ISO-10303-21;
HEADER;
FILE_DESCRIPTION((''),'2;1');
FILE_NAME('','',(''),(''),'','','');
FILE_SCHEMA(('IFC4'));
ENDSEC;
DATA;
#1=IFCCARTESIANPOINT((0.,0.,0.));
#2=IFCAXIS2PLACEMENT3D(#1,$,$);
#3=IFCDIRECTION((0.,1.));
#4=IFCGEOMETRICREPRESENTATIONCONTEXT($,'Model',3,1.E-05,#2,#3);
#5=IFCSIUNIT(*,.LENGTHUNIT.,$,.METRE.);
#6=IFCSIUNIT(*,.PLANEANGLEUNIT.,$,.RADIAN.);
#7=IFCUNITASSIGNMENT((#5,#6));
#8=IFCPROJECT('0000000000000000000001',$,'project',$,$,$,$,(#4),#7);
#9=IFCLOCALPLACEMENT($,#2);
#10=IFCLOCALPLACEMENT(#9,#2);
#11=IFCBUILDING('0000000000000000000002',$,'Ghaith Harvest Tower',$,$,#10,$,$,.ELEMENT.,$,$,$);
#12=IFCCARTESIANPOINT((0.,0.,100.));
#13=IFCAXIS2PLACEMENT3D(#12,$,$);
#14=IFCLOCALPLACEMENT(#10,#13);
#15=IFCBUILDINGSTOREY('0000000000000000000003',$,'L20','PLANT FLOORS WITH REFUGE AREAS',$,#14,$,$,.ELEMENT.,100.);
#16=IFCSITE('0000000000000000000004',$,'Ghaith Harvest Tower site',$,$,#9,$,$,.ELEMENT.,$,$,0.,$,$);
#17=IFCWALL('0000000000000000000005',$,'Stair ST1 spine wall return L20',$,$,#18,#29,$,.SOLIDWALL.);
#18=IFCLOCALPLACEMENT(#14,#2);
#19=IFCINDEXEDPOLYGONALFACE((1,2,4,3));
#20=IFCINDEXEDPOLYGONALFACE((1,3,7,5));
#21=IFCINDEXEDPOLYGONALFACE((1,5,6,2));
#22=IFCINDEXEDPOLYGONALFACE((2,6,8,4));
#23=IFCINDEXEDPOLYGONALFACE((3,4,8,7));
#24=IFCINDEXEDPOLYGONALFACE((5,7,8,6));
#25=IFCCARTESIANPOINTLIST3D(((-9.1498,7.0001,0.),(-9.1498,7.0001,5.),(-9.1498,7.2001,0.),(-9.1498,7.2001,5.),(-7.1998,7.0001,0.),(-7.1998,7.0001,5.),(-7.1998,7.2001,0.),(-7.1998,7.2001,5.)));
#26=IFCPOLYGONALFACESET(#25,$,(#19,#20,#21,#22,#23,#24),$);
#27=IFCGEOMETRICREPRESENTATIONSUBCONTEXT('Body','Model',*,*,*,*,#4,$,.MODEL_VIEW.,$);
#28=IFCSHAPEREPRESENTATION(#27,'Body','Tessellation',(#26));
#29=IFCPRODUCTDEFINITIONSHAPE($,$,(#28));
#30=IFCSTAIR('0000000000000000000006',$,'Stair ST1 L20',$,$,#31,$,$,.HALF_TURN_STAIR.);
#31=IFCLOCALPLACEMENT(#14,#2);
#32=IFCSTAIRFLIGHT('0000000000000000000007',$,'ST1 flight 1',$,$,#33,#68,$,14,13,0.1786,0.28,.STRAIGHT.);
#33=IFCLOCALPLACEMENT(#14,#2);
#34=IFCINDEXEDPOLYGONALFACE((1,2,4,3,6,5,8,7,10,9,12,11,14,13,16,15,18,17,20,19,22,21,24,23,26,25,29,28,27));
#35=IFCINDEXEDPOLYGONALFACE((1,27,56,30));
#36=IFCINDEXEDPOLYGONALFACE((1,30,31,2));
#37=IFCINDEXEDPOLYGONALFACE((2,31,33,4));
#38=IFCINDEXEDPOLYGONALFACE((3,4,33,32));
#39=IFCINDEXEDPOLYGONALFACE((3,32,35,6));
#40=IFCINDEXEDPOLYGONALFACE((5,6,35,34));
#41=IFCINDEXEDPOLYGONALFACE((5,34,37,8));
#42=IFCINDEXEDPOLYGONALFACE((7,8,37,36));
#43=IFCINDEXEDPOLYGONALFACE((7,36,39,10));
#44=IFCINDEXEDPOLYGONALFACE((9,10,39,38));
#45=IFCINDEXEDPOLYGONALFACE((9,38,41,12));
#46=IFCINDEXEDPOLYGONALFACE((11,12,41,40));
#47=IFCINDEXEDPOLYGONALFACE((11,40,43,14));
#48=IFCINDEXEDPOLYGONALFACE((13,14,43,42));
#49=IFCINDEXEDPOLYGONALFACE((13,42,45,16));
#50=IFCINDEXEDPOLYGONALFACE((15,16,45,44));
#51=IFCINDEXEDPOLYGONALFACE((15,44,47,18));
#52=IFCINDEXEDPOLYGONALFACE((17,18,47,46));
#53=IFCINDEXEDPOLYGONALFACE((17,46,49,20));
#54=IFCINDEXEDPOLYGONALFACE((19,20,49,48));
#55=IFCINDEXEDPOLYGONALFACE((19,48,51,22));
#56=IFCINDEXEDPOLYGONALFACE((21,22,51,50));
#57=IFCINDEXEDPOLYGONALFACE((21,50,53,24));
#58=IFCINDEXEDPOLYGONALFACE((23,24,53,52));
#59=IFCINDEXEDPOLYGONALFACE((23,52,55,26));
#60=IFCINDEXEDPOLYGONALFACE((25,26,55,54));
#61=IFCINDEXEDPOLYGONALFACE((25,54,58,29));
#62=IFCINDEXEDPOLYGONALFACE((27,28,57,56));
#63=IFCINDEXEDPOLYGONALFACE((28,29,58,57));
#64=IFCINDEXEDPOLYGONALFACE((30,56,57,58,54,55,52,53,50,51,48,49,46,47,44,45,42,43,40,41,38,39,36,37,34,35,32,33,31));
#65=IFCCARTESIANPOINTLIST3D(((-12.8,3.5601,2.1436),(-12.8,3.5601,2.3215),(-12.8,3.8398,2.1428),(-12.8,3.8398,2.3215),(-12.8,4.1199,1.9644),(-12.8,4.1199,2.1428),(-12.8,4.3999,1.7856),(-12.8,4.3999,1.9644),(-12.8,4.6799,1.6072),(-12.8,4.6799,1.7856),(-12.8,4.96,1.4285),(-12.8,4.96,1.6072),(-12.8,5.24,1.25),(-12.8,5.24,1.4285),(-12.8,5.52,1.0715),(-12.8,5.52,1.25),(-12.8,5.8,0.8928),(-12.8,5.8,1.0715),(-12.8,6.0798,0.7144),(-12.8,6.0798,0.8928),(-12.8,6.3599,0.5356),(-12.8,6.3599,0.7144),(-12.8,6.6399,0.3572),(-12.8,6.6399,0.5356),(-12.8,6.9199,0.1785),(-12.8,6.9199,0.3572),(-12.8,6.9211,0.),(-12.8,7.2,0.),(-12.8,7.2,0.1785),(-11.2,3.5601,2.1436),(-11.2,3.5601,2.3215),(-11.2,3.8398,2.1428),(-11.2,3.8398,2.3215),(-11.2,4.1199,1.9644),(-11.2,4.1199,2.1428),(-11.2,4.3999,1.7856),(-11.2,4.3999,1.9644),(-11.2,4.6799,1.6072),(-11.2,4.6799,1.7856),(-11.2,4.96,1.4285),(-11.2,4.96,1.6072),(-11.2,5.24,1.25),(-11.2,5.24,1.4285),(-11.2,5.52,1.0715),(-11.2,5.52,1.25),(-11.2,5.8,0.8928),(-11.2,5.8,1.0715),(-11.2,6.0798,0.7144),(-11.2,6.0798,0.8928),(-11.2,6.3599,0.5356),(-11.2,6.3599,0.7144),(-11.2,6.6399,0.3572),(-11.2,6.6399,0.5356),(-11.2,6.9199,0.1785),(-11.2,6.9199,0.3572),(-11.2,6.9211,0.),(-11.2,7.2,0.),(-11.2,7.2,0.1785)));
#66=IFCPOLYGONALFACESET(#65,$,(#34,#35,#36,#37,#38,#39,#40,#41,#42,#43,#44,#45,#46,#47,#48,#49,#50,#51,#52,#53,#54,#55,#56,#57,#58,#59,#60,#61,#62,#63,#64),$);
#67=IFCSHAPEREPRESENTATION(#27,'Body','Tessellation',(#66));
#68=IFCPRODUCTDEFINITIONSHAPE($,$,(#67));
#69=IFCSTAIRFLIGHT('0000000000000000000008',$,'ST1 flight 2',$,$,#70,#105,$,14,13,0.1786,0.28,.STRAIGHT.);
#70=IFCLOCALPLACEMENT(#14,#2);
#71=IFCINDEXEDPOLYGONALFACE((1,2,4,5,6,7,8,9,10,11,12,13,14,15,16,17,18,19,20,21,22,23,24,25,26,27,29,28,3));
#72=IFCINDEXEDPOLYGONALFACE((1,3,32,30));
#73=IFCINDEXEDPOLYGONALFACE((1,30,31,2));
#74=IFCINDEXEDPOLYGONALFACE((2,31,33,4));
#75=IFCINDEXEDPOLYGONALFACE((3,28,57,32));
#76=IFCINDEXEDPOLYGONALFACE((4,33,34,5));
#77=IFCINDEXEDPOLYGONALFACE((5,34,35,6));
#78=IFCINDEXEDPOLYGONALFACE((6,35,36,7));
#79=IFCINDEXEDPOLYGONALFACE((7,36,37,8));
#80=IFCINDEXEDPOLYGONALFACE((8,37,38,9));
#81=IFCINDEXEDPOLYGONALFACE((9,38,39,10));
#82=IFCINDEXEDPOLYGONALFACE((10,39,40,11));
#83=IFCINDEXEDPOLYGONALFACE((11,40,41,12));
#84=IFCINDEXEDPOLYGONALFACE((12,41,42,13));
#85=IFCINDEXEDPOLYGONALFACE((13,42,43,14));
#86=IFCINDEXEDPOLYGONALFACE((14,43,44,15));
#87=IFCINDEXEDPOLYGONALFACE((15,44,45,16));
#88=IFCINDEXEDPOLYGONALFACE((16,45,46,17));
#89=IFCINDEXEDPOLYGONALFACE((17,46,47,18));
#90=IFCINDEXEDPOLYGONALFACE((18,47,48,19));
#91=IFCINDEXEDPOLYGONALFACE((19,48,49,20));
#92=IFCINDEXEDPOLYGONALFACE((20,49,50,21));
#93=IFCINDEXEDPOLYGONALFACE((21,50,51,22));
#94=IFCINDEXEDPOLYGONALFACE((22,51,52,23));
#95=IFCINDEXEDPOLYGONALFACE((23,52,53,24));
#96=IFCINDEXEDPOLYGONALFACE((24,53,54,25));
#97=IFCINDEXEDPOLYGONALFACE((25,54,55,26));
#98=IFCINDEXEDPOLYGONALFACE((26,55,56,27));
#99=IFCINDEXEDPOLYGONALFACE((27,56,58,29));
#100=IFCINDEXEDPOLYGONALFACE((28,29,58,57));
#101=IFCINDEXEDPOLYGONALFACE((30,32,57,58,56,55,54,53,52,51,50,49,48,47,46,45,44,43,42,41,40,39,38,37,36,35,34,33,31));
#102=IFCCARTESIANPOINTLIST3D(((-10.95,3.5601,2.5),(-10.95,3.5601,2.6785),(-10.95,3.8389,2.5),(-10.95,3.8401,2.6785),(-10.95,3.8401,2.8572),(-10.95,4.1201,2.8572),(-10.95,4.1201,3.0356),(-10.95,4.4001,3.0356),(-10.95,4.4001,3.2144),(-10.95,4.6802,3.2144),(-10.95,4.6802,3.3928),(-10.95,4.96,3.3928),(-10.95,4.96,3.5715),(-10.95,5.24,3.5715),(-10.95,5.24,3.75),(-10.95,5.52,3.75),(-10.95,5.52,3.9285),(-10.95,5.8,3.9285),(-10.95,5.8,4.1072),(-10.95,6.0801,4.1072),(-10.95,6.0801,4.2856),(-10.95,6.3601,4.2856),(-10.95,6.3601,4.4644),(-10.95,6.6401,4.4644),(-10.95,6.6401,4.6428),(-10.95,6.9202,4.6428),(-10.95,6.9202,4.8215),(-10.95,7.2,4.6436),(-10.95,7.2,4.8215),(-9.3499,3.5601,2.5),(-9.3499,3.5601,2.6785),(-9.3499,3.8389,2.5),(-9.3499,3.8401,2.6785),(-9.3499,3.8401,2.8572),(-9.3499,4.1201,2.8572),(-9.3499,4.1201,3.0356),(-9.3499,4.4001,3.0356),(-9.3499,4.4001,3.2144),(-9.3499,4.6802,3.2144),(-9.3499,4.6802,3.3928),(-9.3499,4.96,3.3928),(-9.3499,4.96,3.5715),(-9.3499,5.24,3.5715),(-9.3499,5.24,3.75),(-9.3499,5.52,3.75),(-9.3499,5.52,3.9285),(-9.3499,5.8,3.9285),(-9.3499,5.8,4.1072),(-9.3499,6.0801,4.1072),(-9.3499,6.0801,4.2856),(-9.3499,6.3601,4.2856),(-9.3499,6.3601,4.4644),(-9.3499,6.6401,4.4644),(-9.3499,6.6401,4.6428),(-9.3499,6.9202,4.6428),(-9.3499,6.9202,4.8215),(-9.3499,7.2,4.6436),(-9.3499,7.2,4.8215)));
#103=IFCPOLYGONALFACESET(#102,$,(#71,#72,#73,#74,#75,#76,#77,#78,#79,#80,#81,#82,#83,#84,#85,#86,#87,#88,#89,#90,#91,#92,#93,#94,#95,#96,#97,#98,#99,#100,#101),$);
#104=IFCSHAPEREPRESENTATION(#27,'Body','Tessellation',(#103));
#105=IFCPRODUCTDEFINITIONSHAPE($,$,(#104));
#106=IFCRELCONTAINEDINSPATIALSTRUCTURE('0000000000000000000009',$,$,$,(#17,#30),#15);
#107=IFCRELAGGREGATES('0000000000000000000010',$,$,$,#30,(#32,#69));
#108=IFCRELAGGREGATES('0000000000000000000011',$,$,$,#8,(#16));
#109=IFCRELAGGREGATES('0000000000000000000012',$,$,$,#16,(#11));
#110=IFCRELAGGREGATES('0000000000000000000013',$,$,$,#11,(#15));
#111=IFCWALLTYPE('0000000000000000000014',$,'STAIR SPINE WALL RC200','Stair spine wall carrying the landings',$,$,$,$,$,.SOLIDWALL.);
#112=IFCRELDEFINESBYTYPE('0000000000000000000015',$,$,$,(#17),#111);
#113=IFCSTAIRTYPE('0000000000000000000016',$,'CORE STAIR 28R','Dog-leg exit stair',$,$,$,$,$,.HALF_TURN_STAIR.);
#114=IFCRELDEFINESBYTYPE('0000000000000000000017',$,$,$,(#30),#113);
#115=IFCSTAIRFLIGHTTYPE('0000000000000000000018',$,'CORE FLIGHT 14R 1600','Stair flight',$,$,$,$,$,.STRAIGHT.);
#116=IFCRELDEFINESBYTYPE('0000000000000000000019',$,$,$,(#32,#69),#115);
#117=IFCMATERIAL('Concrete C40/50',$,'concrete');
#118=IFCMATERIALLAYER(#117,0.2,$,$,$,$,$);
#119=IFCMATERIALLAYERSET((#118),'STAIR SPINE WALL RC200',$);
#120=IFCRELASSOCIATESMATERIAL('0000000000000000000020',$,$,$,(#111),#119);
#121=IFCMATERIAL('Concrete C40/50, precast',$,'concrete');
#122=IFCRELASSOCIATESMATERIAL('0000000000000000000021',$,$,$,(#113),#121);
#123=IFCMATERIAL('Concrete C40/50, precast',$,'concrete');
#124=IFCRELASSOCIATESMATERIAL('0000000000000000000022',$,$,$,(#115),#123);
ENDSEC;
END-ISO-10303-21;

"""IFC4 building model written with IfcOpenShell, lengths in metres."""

from ifc_helpers import new_model, si_unit, direction, frame, frame_2d, origin, place, context, subcontext, project, spatial, polyline, rectangle, outline, extrude, material, layer, layer_set, type_object, element, aggregate, save


model = new_model("IFC4")

# Units and contexts
model_context = context("Model", 3, precision=1e-05, world=origin(), true_north=direction((0.0, 1.0)))
body_context = subcontext(model_context, "Body", "Model", "MODEL_VIEW")
ifc_project = project(units=[si_unit("LENGTHUNIT", "METRE"), si_unit("PLANEANGLEUNIT", "RADIAN")], contexts=[model_context])

# Site, building, storey
site_placement = place(None, origin())
site = spatial("IfcSite", under=ifc_project, at=site_placement, Name="Ghaith Harvest Tower site", CompositionType="ELEMENT", RefElevation=0.0)
building_placement = place(site_placement, origin())
building = spatial("IfcBuilding", under=site, at=building_placement, Name="Ghaith Harvest Tower", CompositionType="ELEMENT")
storey_placement = place(building_placement, frame((0.0, 0.0, 100.0)))
storey = spatial("IfcBuildingStorey", under=building, at=storey_placement, Name="L20", Description="PLANT FLOORS WITH REFUGE AREAS", CompositionType="ELEMENT", Elevation=100.0)

# Wall
ifc_material_1 = material(Name="Concrete C40/50", Category="concrete")
ifc_layer_1 = layer(ifc_material_1, 0.2)
ifc_layer_set_1 = layer_set([ifc_layer_1], Name="STAIR SPINE WALL RC200")
wall_type_1 = type_object("IfcWallType", Name="STAIR SPINE WALL RC200", Description="Stair spine wall carrying the landings", PredefinedType="SOLIDWALL", material=ifc_layer_set_1)
wall_1_placement = place(storey_placement, frame((-9.1499, 7.1001, 0.0), z_axis=(0.0, 0.0, 1.0), x_axis=(1.0, 0.0, 0.0)))
element("IfcWall", 1, at=wall_1_placement, inside=storey, type_object=wall_type_1, Name="Stair ST1 spine wall return L20", PredefinedType="SOLIDWALL", context=body_context, shape_type="SweptSolid", body=[
    extrude(rectangle(XDim=1.95, YDim=0.2, at=frame_2d((0.9751, 0.0))), origin(), (0.0, 0.0, 1.0), 5.0),
])

# Stair, stair flights
ifc_material_2 = material(Name="Concrete C40/50, precast", Category="concrete")
stair_type = type_object("IfcStairType", Name="CORE STAIR 28R", Description="Dog-leg exit stair", PredefinedType="HALF_TURN_STAIR", material=ifc_material_2)
stair_placement = place(storey_placement, origin())
stair = element("IfcStair", 2, at=stair_placement, inside=storey, type_object=stair_type, Name="Stair ST1 L20", PredefinedType="HALF_TURN_STAIR")
ifc_material_3 = material(Name="Concrete C40/50, precast", Category="concrete")
stair_flight_type = type_object("IfcStairFlightType", Name="CORE FLIGHT 14R 1600", Description="Stair flight", PredefinedType="STRAIGHT", material=ifc_material_3)
stair_flight_1_placement = place(storey_placement, frame((-12.0, 7.2, 0.0), z_axis=(0.0, 0.0, 1.0), x_axis=(0.0, -1.0, 0.0)))
stair_flight_1 = element("IfcStairFlight", 3, at=stair_flight_1_placement, type_object=stair_flight_type, Name="ST1 flight 1", NumberOfRisers=14, NumberOfTreads=13, PredefinedType="STRAIGHT", RiserHeight=0.1786, TreadLength=0.28, context=body_context, shape_type="SweptSolid", body=[
    extrude(outline(polyline([(0.0, 0.0), (0.0, 0.1785), (0.28, 0.1785), (0.28, 0.3572), (0.5601, 0.3572), (0.5601, 0.5356), (0.8401, 0.5356), (0.8401, 0.7144), (1.1201, 0.7144), (1.1201, 0.8928), (1.3999, 0.8928), (1.3999, 1.0715), (1.6799, 1.0715), (1.6799, 1.25), (1.96, 1.25), (1.96, 1.4285), (2.24, 1.4285), (2.24, 1.6072), (2.52, 1.6072), (2.52, 1.7856), (2.8, 1.7856), (2.8, 1.9644), (3.0801, 1.9644), (3.0801, 2.1428), (3.3601, 2.1428), (3.3601, 2.3215), (3.6399, 2.3215), (3.6399, 2.5), (3.6399, 2.1436), (0.2788, 0.0), (0.0, 0.0)])), frame((0.0, 0.8, 0.0), z_axis=(0.0, -1.0, 0.0), x_axis=(1.0, 0.0, 0.0)), (0.0, 0.0, 1.0), 1.6001),
])
stair_flight_2_placement = place(storey_placement, frame((-10.1499, 3.5601, 2.5), z_axis=(0.0, 0.0, 1.0), x_axis=(0.0, 1.0, 0.0)))
stair_flight_2 = element("IfcStairFlight", 4, at=stair_flight_2_placement, type_object=stair_flight_type, Name="ST1 flight 2", NumberOfRisers=14, NumberOfTreads=13, PredefinedType="STRAIGHT", RiserHeight=0.1786, TreadLength=0.28, context=body_context, shape_type="SweptSolid", body=[
    extrude(outline(polyline([(0.0, 0.0), (0.0, 0.1785), (0.28, 0.1785), (0.28, 0.3572), (0.5601, 0.3572), (0.5601, 0.5356), (0.8401, 0.5356), (0.8401, 0.7144), (1.1201, 0.7144), (1.1201, 0.8928), (1.3999, 0.8928), (1.3999, 1.0715), (1.6799, 1.0715), (1.6799, 1.25), (1.96, 1.25), (1.96, 1.4285), (2.24, 1.4285), (2.24, 1.6072), (2.52, 1.6072), (2.52, 1.7856), (2.8, 1.7856), (2.8, 1.9644), (3.0801, 1.9644), (3.0801, 2.1428), (3.3601, 2.1428), (3.3601, 2.3215), (3.6399, 2.3215), (3.6399, 2.5), (3.6399, 2.1436), (0.2788, 0.0), (0.0, 0.0)])), frame((0.0, 0.8, 0.0), z_axis=(0.0, -1.0, 0.0), x_axis=(1.0, 0.0, 0.0)), (0.0, 0.0, 1.0), 1.6001),
])
aggregate(stair, [stair_flight_1, stair_flight_2])

save(model, "model.ifc")
